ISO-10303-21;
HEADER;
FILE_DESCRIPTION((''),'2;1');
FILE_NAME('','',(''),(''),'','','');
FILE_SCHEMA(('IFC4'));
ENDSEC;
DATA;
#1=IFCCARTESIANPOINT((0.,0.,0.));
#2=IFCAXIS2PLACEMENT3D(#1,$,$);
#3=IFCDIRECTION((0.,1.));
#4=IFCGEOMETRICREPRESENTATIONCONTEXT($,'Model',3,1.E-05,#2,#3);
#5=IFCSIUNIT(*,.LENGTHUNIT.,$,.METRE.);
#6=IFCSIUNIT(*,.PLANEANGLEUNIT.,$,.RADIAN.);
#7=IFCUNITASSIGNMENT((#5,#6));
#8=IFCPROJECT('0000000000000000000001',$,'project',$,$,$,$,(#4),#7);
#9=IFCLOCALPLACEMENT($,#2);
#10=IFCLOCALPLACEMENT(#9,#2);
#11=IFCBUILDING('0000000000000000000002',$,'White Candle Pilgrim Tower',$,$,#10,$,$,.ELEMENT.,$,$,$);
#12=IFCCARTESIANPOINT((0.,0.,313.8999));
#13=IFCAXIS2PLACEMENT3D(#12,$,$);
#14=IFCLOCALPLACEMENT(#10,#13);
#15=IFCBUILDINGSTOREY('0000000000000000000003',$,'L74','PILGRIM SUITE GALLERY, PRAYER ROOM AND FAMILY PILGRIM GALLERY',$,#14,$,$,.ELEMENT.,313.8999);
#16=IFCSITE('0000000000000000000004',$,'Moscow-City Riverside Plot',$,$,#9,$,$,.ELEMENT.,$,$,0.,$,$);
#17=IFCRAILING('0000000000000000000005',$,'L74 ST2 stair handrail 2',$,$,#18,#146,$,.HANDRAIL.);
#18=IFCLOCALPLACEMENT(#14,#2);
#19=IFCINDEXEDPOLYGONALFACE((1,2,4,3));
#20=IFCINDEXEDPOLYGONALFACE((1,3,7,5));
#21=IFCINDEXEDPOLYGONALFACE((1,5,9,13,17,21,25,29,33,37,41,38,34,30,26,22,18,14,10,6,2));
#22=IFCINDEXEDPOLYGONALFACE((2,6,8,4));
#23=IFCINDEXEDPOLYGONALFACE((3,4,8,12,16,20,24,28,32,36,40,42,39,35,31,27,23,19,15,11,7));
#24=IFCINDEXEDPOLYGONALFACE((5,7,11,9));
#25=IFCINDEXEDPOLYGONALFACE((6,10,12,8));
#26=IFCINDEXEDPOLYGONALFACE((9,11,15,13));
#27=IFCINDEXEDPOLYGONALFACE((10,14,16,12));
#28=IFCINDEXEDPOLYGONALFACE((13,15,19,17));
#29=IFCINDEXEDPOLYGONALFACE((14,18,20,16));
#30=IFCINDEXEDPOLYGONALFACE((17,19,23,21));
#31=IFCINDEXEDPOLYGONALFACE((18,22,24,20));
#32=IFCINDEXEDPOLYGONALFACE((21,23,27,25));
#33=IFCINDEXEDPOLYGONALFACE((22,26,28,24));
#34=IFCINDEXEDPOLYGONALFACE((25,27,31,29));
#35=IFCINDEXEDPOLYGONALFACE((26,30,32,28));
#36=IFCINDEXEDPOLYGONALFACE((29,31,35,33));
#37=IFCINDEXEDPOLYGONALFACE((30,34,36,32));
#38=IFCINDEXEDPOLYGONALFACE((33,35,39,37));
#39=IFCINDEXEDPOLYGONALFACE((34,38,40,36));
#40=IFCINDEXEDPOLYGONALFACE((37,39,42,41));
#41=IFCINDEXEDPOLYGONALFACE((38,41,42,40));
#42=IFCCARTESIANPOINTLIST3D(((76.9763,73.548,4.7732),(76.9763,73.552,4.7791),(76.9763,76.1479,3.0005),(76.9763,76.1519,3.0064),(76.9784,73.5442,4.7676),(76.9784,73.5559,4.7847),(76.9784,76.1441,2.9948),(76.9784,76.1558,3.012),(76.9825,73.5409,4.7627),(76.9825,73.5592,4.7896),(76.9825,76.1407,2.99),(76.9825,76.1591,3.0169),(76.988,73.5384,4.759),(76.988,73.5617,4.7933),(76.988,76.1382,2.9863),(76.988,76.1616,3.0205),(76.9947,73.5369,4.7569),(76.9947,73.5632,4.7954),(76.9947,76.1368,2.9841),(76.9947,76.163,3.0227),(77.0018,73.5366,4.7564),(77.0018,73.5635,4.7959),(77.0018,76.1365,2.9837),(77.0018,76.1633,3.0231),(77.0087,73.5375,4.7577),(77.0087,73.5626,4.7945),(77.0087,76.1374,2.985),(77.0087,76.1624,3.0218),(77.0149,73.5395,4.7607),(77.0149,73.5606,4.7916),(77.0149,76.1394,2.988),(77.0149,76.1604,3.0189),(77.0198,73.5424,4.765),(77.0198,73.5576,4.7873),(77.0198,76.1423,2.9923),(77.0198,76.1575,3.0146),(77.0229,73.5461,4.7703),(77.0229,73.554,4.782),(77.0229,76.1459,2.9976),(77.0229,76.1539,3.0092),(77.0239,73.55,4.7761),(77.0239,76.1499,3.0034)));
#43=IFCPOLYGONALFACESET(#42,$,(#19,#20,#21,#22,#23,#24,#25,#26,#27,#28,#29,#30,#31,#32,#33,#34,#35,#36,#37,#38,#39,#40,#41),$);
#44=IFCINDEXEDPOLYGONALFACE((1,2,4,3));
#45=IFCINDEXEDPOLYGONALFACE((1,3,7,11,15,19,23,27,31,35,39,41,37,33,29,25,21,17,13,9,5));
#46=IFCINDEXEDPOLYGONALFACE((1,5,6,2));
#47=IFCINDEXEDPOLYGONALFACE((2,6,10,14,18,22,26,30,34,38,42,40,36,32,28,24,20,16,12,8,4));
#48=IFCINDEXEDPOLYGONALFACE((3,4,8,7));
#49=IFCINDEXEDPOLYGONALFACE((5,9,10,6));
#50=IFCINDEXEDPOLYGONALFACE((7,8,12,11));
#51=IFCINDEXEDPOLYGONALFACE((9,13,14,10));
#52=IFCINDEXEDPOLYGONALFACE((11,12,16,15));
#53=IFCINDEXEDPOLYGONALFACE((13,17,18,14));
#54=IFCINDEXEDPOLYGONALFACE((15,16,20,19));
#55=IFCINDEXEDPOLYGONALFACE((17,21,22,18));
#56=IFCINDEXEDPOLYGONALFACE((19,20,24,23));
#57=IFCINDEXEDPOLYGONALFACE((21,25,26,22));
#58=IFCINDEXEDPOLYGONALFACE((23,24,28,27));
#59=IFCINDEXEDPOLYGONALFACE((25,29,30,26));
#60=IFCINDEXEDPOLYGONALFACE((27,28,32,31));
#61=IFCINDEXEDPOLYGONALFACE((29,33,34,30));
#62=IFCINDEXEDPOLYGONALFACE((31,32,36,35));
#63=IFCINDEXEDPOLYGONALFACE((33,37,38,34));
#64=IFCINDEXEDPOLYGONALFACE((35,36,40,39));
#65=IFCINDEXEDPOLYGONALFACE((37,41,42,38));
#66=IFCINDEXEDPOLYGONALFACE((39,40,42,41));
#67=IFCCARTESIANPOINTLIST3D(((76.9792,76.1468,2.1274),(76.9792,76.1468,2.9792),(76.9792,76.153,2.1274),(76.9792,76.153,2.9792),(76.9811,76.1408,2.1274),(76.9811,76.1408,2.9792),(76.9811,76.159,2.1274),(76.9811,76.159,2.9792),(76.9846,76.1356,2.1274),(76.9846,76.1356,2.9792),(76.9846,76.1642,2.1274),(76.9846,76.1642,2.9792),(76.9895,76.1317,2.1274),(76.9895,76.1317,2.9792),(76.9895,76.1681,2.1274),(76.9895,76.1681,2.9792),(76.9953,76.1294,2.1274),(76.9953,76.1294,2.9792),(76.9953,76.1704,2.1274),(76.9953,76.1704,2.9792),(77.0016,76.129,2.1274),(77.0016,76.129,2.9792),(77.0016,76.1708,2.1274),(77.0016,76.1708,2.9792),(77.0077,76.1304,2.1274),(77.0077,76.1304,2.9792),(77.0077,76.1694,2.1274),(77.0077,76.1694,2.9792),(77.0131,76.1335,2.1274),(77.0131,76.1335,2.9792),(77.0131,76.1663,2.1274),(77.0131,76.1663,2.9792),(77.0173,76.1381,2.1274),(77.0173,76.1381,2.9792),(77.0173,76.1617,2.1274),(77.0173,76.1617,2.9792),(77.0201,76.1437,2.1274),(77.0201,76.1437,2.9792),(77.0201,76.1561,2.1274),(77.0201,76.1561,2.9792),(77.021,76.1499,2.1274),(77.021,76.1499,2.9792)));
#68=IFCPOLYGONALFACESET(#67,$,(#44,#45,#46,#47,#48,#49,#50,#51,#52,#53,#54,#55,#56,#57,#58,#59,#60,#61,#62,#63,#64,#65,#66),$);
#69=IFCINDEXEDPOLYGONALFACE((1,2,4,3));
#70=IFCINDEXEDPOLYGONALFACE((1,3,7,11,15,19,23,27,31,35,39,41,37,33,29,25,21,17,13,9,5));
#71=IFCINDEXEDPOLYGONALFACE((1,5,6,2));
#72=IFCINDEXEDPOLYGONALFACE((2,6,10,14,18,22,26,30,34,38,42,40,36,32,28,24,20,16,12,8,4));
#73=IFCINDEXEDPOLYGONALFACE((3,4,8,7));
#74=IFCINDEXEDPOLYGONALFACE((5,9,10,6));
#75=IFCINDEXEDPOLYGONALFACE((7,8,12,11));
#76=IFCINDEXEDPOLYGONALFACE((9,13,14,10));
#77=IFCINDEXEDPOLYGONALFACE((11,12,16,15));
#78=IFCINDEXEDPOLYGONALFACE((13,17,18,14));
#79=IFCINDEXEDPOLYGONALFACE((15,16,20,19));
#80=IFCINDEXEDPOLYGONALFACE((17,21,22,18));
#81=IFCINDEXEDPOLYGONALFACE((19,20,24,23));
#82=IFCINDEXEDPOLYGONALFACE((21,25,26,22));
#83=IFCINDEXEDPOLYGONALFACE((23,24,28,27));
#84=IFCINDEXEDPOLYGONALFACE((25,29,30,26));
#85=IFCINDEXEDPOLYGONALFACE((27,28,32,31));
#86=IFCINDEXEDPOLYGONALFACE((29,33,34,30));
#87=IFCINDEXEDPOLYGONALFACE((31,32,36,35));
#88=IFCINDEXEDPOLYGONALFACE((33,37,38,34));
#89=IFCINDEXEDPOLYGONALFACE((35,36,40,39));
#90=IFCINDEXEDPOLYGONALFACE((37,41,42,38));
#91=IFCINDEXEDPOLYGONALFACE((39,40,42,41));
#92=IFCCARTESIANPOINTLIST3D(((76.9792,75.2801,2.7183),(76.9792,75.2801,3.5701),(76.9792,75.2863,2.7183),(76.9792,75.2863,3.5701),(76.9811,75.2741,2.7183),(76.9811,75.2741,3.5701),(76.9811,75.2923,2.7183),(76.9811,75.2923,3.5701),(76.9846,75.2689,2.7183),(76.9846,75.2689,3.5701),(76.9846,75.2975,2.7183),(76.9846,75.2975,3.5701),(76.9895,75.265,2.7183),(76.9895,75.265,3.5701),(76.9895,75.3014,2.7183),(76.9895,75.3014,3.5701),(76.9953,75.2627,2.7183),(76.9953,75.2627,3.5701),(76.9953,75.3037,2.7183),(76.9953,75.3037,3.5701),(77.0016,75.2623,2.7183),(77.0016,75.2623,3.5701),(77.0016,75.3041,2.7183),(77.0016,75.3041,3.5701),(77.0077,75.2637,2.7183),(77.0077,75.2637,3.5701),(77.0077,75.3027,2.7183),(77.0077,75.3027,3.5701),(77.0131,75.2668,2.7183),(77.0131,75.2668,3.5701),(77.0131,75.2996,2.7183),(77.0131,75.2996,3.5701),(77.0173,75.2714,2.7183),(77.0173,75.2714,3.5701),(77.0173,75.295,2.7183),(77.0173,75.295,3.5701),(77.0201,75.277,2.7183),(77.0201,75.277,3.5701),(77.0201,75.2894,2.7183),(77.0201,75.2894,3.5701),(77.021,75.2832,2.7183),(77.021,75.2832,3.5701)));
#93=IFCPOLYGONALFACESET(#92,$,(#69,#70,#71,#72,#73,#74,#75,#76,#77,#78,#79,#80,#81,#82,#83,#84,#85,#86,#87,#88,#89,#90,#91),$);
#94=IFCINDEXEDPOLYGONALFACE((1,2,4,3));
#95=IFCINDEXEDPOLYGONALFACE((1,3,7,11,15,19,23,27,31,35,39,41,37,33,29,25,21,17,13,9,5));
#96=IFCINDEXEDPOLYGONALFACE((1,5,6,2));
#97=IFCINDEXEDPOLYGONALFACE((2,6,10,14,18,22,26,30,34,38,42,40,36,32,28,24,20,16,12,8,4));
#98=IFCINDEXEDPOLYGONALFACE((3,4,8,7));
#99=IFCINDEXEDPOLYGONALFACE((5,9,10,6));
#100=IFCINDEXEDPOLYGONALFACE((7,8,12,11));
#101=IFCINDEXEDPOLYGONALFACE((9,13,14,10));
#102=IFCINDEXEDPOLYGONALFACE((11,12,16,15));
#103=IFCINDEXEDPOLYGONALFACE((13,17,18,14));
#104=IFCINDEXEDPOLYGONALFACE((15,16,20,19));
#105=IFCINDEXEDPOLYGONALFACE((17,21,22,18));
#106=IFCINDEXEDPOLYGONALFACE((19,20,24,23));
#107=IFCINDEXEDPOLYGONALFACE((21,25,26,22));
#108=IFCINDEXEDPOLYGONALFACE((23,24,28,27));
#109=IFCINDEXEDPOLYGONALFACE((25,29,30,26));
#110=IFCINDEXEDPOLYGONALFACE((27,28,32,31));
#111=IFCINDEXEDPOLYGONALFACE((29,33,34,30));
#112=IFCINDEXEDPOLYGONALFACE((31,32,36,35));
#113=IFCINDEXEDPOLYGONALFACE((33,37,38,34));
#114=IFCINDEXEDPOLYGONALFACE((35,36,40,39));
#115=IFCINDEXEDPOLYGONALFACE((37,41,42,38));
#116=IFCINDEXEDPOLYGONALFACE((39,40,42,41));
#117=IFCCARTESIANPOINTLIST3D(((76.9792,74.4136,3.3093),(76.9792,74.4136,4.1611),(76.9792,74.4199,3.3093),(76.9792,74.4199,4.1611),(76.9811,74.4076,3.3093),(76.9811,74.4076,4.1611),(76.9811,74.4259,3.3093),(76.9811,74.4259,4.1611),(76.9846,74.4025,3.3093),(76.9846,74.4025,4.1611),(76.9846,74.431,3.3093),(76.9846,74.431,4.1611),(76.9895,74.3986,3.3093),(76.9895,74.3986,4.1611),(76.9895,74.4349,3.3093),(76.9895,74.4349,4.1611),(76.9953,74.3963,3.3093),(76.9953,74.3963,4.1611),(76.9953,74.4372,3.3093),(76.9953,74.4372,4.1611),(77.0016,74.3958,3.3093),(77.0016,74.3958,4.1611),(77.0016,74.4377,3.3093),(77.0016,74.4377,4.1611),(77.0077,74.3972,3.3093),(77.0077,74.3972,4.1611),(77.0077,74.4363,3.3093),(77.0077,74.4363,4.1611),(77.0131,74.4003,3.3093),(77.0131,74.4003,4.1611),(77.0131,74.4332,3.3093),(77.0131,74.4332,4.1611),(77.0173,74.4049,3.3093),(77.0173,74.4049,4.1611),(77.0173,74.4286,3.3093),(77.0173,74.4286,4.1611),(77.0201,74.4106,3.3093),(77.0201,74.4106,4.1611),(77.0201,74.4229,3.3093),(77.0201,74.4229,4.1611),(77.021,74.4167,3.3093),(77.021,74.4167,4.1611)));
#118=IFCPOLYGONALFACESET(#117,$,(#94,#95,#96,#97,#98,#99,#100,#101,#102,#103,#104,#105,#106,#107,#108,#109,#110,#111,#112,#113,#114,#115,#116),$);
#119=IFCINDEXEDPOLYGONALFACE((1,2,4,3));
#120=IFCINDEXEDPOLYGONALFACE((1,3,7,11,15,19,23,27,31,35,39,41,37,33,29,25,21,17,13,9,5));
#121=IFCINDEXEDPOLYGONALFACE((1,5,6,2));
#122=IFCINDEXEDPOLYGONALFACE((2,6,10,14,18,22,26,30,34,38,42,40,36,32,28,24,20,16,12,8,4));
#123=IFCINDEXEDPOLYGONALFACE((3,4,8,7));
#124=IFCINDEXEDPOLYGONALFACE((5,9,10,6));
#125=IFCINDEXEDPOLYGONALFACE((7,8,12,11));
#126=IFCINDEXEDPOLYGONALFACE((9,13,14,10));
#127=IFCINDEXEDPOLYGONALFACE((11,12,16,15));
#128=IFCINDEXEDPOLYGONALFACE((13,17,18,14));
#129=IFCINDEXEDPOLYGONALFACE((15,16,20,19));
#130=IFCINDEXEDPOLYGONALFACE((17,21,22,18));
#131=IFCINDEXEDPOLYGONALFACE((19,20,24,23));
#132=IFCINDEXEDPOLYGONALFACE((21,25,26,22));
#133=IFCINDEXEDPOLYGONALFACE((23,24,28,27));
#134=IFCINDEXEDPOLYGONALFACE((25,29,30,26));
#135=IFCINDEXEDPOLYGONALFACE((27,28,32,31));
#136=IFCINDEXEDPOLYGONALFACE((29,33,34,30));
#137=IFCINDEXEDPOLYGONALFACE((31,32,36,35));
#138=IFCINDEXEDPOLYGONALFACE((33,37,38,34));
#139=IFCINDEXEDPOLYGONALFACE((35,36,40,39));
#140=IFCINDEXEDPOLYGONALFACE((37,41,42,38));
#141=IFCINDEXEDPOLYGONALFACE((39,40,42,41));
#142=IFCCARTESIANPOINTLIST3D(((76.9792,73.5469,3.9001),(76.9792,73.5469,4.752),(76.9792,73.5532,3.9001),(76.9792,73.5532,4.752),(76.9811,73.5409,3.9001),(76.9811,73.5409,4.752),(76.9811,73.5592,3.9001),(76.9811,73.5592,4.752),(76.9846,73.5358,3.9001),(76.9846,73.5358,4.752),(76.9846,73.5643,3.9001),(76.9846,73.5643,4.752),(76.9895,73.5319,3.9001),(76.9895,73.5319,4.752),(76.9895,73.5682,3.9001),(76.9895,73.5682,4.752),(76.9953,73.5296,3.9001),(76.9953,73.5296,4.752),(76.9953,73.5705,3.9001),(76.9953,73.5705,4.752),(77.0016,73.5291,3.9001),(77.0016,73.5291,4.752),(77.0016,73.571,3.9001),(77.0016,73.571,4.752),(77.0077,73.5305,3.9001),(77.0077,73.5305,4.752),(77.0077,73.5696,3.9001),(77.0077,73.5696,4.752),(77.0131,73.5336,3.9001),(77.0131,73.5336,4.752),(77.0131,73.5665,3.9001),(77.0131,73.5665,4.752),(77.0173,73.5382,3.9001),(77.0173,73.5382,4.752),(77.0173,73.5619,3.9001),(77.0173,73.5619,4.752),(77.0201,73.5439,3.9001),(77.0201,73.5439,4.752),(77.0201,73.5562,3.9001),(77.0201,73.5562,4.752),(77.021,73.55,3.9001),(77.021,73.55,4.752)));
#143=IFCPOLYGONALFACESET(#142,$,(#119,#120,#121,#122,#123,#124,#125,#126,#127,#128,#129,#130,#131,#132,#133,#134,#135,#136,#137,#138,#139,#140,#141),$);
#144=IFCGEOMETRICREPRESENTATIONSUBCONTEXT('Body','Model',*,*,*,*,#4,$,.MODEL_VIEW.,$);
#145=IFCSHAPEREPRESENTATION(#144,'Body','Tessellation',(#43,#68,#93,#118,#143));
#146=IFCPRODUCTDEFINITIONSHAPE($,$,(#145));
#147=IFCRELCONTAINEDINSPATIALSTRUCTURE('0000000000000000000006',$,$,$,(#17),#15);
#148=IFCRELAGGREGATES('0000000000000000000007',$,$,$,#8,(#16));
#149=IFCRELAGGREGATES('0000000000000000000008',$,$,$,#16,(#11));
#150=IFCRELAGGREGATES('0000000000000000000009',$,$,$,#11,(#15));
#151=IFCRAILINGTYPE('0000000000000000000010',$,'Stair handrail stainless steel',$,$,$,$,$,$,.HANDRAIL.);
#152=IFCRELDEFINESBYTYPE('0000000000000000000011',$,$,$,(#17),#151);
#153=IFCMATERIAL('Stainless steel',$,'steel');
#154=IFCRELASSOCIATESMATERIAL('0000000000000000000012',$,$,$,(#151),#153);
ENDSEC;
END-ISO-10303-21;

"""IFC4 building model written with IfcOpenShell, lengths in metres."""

from ifc_helpers import new_model, si_unit, direction, frame, origin, origin_2d, place, context, subcontext, project, spatial, circle, extrude, material, type_object, element, save


model = new_model("IFC4")

# Units and contexts
model_context = context("Model", 3, precision=1e-05, world=origin(), true_north=direction((0.0, 1.0)))
body_context = subcontext(model_context, "Body", "Model", "MODEL_VIEW")
ifc_project = project(units=[si_unit("LENGTHUNIT", "METRE"), si_unit("PLANEANGLEUNIT", "RADIAN")], contexts=[model_context])

# Site, building, storey
site_placement = place(None, origin())
site = spatial("IfcSite", under=ifc_project, at=site_placement, Name="Moscow-City Riverside Plot", CompositionType="ELEMENT", RefElevation=0.0)
building_placement = place(site_placement, origin())
building = spatial("IfcBuilding", under=site, at=building_placement, Name="White Candle Pilgrim Tower", CompositionType="ELEMENT")
storey_placement = place(building_placement, frame((0.0, 0.0, 313.8999)))
storey = spatial("IfcBuildingStorey", under=building, at=storey_placement, Name="L74", Description="PILGRIM SUITE GALLERY, PRAYER ROOM AND FAMILY PILGRIM GALLERY", CompositionType="ELEMENT", Elevation=313.8999)

# Railing
ifc_material_1 = material(Name="Stainless steel", Category="steel")
railing_type_1 = type_object("IfcRailingType", Name="Stair handrail stainless steel", PredefinedType="HANDRAIL", material=ifc_material_1)
railing_1_placement = place(storey_placement, frame((77.0, 76.1499, 2.1274)))
element("IfcRailing", 1, at=railing_1_placement, inside=storey, type_object=railing_type_1, Name="L74 ST2 stair handrail 2", PredefinedType="HANDRAIL", context=body_context, shape_type="SweptSolid", body=[
    extrude(circle(Radius=0.0239, at=origin_2d()), frame((0.0, 0.0, 0.876), z_axis=(0.0, -0.826216, 0.563354), x_axis=(1.0, 0.0, 0.0)), (0.0, 0.0, 1.0), 3.1467),
    extrude(circle(Radius=0.021, at=origin_2d()), origin(), (0.0, 0.0, 1.0), 0.8518),
    extrude(circle(Radius=0.021, at=origin_2d()), frame((0.0, -0.8667, 0.5908)), (0.0, 0.0, 1.0), 0.8518),
    extrude(circle(Radius=0.021, at=origin_2d()), frame((0.0, -1.7332, 1.1819)), (0.0, 0.0, 1.0), 0.8518),
    extrude(circle(Radius=0.021, at=origin_2d()), frame((0.0, -2.5999, 1.7727)), (0.0, 0.0, 1.0), 0.8518),
])

save(model, "model.ifc")
